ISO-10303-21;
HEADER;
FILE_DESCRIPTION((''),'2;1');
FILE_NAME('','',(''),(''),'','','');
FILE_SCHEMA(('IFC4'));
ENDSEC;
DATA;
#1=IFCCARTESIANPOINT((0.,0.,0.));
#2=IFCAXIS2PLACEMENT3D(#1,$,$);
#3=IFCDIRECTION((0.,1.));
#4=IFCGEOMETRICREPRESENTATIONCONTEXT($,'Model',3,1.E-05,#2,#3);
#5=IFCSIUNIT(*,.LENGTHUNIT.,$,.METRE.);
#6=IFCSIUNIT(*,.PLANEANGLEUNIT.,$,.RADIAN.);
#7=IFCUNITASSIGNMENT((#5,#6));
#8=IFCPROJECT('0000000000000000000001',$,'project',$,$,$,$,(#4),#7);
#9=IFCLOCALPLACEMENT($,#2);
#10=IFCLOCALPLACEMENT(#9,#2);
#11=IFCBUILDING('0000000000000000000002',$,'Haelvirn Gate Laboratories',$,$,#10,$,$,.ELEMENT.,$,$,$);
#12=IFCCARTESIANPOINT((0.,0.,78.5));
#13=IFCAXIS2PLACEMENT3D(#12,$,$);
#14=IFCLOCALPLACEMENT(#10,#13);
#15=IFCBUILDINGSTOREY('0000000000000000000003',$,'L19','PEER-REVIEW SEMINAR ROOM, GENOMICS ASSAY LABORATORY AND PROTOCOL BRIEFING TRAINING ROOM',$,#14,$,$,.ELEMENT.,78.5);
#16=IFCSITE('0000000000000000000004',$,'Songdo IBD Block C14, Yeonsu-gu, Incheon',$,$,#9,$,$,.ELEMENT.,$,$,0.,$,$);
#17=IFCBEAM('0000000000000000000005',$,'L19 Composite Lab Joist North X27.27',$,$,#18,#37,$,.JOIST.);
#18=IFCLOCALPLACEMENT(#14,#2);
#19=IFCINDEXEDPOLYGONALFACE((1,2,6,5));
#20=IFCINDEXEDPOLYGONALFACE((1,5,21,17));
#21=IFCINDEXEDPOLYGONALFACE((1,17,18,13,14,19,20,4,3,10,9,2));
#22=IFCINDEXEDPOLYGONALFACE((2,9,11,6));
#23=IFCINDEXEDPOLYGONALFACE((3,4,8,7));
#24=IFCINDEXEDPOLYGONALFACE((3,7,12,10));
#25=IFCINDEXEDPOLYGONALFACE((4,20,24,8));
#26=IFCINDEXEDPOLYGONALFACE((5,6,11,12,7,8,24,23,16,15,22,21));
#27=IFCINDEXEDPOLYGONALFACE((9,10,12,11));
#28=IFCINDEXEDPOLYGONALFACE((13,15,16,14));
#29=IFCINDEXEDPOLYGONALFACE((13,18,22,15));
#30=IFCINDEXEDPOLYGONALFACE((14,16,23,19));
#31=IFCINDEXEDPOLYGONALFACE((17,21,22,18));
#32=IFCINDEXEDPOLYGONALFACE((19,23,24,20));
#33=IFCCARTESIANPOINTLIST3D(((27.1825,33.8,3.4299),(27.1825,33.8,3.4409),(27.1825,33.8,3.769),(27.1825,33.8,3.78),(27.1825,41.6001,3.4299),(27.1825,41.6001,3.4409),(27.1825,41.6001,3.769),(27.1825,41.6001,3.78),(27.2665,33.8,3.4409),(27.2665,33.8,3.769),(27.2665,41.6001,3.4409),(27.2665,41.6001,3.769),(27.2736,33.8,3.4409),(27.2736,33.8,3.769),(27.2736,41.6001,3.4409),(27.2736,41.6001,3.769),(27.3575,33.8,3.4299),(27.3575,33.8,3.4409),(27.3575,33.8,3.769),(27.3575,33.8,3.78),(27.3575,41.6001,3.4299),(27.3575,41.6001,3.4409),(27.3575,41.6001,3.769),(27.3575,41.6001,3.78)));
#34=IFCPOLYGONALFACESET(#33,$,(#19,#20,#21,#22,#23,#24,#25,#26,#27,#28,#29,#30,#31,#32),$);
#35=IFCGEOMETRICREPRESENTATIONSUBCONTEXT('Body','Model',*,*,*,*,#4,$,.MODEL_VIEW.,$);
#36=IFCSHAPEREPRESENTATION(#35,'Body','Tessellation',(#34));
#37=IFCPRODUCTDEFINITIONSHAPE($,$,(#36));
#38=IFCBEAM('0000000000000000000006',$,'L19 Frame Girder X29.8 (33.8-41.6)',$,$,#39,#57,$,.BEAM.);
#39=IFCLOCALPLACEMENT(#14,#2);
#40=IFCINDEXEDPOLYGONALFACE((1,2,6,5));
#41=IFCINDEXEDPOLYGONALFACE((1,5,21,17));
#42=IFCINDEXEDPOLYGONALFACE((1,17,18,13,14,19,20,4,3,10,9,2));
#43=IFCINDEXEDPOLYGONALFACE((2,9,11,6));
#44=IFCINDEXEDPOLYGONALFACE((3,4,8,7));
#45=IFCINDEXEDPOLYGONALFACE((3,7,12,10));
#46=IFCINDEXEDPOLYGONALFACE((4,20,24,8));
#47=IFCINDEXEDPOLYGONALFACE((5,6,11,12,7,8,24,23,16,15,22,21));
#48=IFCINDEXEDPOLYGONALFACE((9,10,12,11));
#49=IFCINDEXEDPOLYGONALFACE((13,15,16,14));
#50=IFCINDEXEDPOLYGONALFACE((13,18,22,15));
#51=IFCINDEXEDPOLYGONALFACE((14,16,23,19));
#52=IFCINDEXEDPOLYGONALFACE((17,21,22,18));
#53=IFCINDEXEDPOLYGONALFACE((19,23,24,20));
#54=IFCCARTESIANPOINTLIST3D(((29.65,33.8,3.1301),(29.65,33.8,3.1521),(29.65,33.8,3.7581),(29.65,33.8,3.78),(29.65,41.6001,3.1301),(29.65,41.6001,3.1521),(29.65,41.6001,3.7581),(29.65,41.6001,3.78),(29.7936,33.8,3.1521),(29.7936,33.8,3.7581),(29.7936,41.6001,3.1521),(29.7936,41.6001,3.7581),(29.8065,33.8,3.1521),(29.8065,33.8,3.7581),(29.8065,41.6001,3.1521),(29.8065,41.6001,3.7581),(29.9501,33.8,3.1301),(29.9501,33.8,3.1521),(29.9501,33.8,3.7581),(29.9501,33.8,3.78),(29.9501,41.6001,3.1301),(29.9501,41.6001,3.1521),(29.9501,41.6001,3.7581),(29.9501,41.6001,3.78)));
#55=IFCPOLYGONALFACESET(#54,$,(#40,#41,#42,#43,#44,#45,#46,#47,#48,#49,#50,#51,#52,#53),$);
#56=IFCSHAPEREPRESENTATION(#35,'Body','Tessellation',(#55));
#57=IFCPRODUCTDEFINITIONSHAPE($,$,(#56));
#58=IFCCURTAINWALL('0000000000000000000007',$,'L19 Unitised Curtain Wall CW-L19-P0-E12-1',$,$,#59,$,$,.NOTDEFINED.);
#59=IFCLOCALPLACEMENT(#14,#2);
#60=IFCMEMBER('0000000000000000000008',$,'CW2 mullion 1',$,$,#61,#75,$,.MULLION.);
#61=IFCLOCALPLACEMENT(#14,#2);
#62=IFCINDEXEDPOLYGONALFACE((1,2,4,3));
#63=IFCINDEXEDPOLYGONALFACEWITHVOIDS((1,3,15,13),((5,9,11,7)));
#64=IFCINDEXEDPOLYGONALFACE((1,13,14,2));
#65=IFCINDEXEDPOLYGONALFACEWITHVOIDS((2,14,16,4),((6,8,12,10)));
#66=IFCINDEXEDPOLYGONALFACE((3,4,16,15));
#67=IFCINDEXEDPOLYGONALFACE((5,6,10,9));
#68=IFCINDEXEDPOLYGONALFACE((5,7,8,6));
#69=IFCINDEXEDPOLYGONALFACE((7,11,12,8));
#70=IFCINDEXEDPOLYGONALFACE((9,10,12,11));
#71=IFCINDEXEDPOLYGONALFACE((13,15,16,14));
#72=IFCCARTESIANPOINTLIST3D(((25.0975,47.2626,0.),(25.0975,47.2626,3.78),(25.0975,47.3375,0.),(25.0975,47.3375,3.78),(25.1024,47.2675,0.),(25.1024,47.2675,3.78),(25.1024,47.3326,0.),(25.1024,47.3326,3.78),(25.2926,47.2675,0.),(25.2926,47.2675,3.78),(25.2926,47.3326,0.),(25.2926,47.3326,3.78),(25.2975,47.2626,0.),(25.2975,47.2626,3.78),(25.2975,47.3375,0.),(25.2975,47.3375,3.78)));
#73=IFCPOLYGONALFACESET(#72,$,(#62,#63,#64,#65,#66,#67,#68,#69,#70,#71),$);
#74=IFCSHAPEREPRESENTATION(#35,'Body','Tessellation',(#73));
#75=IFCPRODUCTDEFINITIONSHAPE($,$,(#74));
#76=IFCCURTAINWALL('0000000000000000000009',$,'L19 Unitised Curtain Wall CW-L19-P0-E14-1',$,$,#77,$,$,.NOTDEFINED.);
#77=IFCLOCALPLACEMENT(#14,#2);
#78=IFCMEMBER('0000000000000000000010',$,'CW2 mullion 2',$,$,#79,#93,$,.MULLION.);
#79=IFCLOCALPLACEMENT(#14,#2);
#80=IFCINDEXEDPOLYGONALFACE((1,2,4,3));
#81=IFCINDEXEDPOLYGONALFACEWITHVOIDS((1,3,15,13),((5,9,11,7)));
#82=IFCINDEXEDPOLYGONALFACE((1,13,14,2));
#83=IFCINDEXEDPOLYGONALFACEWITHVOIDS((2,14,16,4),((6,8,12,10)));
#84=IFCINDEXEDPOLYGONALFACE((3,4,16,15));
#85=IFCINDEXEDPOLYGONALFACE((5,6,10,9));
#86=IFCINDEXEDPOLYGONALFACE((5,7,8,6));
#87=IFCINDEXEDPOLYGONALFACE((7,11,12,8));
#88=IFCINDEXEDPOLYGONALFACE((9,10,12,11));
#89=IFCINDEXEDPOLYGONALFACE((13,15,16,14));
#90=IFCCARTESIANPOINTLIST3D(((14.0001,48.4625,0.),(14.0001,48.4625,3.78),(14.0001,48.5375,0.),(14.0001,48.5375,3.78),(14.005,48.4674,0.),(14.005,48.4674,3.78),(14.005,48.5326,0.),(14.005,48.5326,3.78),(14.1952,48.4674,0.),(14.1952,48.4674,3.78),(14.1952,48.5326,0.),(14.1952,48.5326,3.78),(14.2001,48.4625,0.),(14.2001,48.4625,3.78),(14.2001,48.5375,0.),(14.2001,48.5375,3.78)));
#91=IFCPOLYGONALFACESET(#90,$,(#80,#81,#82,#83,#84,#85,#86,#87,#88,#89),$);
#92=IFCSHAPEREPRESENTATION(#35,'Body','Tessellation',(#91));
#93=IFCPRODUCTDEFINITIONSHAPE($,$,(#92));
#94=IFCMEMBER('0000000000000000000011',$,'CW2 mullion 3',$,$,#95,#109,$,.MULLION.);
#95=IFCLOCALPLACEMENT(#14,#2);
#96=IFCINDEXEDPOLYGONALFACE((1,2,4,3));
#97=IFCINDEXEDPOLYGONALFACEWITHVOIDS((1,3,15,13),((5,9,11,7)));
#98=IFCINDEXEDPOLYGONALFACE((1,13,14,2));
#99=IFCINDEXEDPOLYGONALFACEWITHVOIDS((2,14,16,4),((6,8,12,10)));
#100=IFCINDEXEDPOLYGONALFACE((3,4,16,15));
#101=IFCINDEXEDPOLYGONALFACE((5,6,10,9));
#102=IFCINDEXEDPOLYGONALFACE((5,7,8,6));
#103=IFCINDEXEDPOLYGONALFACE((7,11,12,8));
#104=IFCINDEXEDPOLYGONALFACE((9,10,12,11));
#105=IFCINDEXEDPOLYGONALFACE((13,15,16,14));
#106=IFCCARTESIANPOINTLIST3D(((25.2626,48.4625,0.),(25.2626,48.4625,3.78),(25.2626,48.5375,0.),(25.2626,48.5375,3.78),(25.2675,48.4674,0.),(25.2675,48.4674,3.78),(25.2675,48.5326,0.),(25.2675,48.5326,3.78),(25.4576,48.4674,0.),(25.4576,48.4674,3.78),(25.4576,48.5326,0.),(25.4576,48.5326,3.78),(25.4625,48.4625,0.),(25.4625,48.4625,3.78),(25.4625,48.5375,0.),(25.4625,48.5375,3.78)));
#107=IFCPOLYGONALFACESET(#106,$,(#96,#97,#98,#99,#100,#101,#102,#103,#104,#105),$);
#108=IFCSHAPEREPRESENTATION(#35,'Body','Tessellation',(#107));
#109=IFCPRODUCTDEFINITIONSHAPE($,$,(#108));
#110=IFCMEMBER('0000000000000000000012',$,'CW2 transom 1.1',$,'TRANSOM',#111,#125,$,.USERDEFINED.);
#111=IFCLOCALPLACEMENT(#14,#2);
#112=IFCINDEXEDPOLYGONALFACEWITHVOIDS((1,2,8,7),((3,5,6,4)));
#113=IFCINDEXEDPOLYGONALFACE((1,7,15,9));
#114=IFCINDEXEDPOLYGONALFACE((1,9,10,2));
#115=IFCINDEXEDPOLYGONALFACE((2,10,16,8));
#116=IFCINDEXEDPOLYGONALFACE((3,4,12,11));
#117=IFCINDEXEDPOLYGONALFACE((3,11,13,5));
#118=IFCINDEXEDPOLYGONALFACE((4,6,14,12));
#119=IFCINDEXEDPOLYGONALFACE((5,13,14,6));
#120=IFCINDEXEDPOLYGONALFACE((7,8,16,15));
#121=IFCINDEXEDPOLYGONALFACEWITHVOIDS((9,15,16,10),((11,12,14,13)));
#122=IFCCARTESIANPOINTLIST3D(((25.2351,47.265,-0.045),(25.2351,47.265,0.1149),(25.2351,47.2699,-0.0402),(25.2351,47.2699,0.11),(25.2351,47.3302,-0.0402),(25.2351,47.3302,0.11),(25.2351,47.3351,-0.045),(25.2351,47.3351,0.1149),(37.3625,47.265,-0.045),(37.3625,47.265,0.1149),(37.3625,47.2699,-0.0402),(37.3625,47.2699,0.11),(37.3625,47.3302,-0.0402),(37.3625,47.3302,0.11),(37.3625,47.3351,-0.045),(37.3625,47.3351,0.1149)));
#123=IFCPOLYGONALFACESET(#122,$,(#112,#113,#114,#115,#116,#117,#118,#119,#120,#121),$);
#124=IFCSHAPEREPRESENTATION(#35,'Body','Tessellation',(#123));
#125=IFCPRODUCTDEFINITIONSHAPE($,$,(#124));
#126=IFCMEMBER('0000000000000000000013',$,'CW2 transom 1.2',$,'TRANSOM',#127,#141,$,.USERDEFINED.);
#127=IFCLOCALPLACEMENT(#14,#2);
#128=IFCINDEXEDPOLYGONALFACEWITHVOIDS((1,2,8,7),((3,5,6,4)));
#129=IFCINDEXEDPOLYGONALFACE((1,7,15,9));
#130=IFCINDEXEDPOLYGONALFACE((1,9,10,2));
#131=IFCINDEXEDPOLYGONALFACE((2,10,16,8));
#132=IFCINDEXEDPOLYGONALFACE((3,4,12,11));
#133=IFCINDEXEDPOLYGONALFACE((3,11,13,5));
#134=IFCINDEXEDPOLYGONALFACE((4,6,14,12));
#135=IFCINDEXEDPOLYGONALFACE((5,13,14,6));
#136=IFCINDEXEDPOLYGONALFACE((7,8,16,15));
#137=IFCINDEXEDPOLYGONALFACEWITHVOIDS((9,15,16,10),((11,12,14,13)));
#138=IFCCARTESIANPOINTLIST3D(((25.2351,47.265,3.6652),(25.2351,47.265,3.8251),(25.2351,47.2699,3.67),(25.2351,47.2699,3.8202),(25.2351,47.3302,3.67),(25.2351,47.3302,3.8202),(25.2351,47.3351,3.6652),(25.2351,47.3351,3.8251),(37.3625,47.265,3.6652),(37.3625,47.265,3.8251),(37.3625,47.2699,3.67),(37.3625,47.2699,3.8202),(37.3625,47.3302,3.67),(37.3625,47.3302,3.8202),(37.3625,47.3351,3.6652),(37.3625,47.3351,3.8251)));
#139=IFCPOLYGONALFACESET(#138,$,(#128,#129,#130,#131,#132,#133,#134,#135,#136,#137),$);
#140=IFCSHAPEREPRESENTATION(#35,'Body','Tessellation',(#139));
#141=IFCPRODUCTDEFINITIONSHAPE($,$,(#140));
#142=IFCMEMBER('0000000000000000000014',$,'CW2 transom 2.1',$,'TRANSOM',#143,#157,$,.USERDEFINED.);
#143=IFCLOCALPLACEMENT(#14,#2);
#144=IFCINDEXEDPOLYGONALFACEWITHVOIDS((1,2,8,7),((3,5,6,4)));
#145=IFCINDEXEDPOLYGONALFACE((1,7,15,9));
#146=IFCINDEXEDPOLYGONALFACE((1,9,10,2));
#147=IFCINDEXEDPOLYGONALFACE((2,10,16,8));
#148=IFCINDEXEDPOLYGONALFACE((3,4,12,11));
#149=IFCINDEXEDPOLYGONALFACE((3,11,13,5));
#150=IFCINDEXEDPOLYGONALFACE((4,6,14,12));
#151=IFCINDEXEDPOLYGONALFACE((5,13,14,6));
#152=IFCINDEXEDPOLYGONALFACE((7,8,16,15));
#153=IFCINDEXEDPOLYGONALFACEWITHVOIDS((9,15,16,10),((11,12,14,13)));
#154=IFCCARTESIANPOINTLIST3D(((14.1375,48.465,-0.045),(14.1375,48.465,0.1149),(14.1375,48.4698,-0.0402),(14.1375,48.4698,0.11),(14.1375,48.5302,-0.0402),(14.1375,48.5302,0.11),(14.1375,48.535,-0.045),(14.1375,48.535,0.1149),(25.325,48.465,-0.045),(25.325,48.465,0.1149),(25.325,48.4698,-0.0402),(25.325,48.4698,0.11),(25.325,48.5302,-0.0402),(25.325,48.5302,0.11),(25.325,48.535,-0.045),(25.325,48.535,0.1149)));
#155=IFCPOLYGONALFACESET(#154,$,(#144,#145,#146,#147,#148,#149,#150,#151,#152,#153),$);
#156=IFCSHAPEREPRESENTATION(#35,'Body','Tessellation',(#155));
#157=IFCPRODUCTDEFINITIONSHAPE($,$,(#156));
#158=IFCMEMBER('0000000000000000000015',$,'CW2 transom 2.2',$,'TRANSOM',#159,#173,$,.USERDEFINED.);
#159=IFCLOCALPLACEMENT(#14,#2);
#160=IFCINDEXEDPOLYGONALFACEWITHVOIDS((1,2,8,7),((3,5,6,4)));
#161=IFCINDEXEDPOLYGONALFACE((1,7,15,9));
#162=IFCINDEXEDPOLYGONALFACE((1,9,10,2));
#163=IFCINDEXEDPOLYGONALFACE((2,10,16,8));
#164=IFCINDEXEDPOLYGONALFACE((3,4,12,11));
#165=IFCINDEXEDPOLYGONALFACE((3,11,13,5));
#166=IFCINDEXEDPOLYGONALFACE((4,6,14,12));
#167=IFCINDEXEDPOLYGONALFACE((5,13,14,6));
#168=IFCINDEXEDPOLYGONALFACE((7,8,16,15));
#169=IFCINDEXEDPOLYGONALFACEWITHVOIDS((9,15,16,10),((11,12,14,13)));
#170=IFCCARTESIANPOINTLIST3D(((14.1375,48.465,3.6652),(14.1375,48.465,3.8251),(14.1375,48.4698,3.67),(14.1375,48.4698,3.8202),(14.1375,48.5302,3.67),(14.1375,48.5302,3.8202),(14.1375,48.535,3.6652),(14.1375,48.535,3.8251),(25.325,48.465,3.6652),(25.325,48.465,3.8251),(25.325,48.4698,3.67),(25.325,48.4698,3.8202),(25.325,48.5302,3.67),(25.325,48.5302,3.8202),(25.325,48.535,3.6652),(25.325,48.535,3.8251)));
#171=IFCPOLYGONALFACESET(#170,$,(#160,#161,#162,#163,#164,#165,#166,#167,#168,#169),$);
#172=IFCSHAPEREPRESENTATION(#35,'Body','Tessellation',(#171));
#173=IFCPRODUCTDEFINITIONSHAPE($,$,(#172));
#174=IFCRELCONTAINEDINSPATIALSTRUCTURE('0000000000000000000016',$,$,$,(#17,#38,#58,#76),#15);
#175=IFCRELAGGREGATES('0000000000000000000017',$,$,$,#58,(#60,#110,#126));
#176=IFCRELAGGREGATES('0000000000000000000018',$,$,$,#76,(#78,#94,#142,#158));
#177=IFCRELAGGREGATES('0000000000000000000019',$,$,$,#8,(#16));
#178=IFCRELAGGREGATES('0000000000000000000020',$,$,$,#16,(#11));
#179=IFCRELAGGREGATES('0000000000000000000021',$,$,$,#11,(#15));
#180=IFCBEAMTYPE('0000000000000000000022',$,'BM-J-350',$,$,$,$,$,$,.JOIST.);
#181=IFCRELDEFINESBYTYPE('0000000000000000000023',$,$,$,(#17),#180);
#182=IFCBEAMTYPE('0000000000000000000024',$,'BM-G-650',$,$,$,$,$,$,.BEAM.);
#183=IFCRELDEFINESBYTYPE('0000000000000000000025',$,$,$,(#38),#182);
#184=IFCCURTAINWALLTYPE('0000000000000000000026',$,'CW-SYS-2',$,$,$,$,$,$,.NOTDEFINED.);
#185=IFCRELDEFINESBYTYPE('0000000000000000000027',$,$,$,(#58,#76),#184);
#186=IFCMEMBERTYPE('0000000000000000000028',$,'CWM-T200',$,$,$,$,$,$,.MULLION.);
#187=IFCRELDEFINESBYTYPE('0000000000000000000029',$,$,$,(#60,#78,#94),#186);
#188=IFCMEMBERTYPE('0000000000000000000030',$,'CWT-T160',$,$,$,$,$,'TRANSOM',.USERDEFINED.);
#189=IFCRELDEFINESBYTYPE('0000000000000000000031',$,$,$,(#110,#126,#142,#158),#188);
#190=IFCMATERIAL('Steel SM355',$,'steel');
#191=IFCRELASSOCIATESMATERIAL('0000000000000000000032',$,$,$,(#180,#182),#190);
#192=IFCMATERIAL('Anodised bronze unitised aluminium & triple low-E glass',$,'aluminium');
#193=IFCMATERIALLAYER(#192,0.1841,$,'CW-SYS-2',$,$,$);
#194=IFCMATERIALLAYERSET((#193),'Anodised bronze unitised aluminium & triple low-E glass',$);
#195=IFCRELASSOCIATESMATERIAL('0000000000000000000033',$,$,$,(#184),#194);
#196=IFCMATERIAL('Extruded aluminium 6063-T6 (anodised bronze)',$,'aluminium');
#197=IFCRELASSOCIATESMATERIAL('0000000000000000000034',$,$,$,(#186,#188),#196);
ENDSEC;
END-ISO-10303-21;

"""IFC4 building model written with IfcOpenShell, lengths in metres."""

from ifc_helpers import new_model, si_unit, direction, frame, origin, origin_2d, place, context, subcontext, project, spatial, hollow_rectangle, i_section, extrude, source, transform, mapped, material, layer, layer_set, material_profile, profile_set, type_object, type_shapes, element, aggregate, save


model = new_model("IFC4")

# Units and contexts
model_context = context("Model", 3, precision=1e-05, world=origin(), true_north=direction((0.0, 1.0)))
body_context = subcontext(model_context, "Body", "Model", "MODEL_VIEW")
ifc_project = project(units=[si_unit("LENGTHUNIT", "METRE"), si_unit("PLANEANGLEUNIT", "RADIAN")], contexts=[model_context])

# Site, building, storey
site_placement = place(None, origin())
site = spatial("IfcSite", under=ifc_project, at=site_placement, Name="Songdo IBD Block C14, Yeonsu-gu, Incheon", CompositionType="ELEMENT", RefElevation=0.0)
building_placement = place(site_placement, origin())
building = spatial("IfcBuilding", under=site, at=building_placement, Name="Haelvirn Gate Laboratories", CompositionType="ELEMENT")
storey_placement = place(building_placement, frame((0.0, 0.0, 78.5)))
storey = spatial("IfcBuildingStorey", under=building, at=storey_placement, Name="L19", Description="PEER-REVIEW SEMINAR ROOM, GENOMICS ASSAY LABORATORY AND PROTOCOL BRIEFING TRAINING ROOM", CompositionType="ELEMENT", Elevation=78.5)

# Beams
ifc_material_1 = material(Name="Steel SM355", Category="steel")
ifc_material_profile_1 = material_profile(ifc_material_1, i_section(OverallWidth=0.175, OverallDepth=0.3501, WebThickness=0.0071, FlangeThickness=0.011, at=origin_2d()), Name="H-350x175x7x11")
ifc_profile_set_1 = profile_set([ifc_material_profile_1], Name="Steel SM355")
beam_type_1 = type_object("IfcBeamType", Name="BM-J-350", PredefinedType="JOIST", material=ifc_profile_set_1)
shared_shape_1 = source(origin(), body_context, "Body", "SweptSolid", [
    extrude(i_section(OverallWidth=0.175, OverallDepth=0.3501, WebThickness=0.0071, FlangeThickness=0.011, at=origin_2d()), origin(), (0.0, 0.0, 1.0), 7.8),
])
type_shapes(beam_type_1, [shared_shape_1])
for number, where, z_axis, x_axis, name in (
    (1, (27.27, 33.8, 3.605), (0.0, 1.0, 0.0), (-1.0, 0.0, 0.0), "L19 Composite Lab Joist North X27.27"),
):
    element("IfcBeam", number, at=place(storey_placement, frame(where, z_axis=z_axis, x_axis=x_axis)), inside=storey, type_object=beam_type_1, Name=name, PredefinedType="JOIST", context=body_context, shape_type="MappedRepresentation", body=[
        mapped(shared_shape_1, transform((0.0, 0.0, 0.0), scale=1.0)),
    ])
ifc_material_profile_2 = material_profile(ifc_material_1, i_section(OverallWidth=0.3, OverallDepth=0.6499, WebThickness=0.0129, FlangeThickness=0.022, at=origin_2d()), Name="H-650x300x13x22")
ifc_profile_set_2 = profile_set([ifc_material_profile_2], Name="Steel SM355")
beam_type_2 = type_object("IfcBeamType", Name="BM-G-650", PredefinedType="BEAM", material=ifc_profile_set_2)
shared_shape_2 = source(origin(), body_context, "Body", "SweptSolid", [
    extrude(i_section(OverallWidth=0.3, OverallDepth=0.6499, WebThickness=0.0129, FlangeThickness=0.022, at=origin_2d()), origin(), (0.0, 0.0, 1.0), 7.8),
])
type_shapes(beam_type_2, [shared_shape_2])
beam_1_placement = place(storey_placement, frame((29.8, 33.8, 3.4551), z_axis=(0.0, 1.0, 0.0), x_axis=(-1.0, 0.0, 0.0)))
element("IfcBeam", 2, at=beam_1_placement, inside=storey, type_object=beam_type_2, Name="L19 Frame Girder X29.8 (33.8-41.6)", PredefinedType="BEAM", context=body_context, shape_type="MappedRepresentation", body=[
    mapped(shared_shape_2, transform((0.0, 0.0, 0.0), scale=1.0)),
])

# Curtain wall, member
ifc_material_2 = material(Name="Anodised bronze unitised aluminium & triple low-E glass", Category="aluminium")
ifc_layer_1 = layer(ifc_material_2, 0.1841, Name="CW-SYS-2")
ifc_layer_set_1 = layer_set([ifc_layer_1], Name="Anodised bronze unitised aluminium & triple low-E glass")
curtain_wall_type = type_object("IfcCurtainWallType", Name="CW-SYS-2", PredefinedType="NOTDEFINED", material=ifc_layer_set_1)
curtain_wall_1_placement = place(storey_placement, origin())
curtain_wall_1 = element("IfcCurtainWall", 3, at=curtain_wall_1_placement, inside=storey, type_object=curtain_wall_type, Name="L19 Unitised Curtain Wall CW-L19-P0-E12-1", PredefinedType="NOTDEFINED")
ifc_material_3 = material(Name="Extruded aluminium 6063-T6 (anodised bronze)", Category="aluminium")
ifc_material_profile_3 = material_profile(ifc_material_3, hollow_rectangle(XDim=0.075, YDim=0.2, WallThickness=0.0049, at=origin_2d()), Name="CWM-200x75x5")
ifc_profile_set_3 = profile_set([ifc_material_profile_3], Name="Extruded aluminium 6063-T6 (anodised bronze)")
member_type_1 = type_object("IfcMemberType", Name="CWM-T200", PredefinedType="MULLION", material=ifc_profile_set_3)
shared_shape_3 = source(origin(), body_context, "Body", "SweptSolid", [
    extrude(hollow_rectangle(XDim=0.075, YDim=0.2, WallThickness=0.0049, at=origin_2d()), origin(), (0.0, 0.0, 1.0), 3.78),
])
type_shapes(member_type_1, [shared_shape_3])
member_1_placement = place(storey_placement, frame((25.1975, 47.3, 0.0), z_axis=(0.0, 0.0, 1.0), x_axis=(0.0, 1.0, 0.0)))
member_1 = element("IfcMember", 4, at=member_1_placement, type_object=member_type_1, Name="CW2 mullion 1", PredefinedType="MULLION", context=body_context, shape_type="MappedRepresentation", body=[
    mapped(shared_shape_3, transform((0.0, 0.0, 0.0), scale=1.0)),
])

# Curtain wall, members
curtain_wall_2_placement = place(storey_placement, origin())
curtain_wall_2 = element("IfcCurtainWall", 5, at=curtain_wall_2_placement, inside=storey, type_object=curtain_wall_type, Name="L19 Unitised Curtain Wall CW-L19-P0-E14-1", PredefinedType="NOTDEFINED")
member_2_placement = place(storey_placement, frame((14.1001, 48.5, 0.0), z_axis=(0.0, 0.0, 1.0), x_axis=(0.0, 1.0, 0.0)))
member_2 = element("IfcMember", 6, at=member_2_placement, type_object=member_type_1, Name="CW2 mullion 2", PredefinedType="MULLION", context=body_context, shape_type="MappedRepresentation", body=[
    mapped(shared_shape_3, transform((0.0, 0.0, 0.0), scale=1.0)),
])
member_3_placement = place(storey_placement, frame((25.3625, 48.5, 0.0), z_axis=(0.0, 0.0, 1.0), x_axis=(0.0, 1.0, 0.0)))
member_3 = element("IfcMember", 7, at=member_3_placement, type_object=member_type_1, Name="CW2 mullion 3", PredefinedType="MULLION", context=body_context, shape_type="MappedRepresentation", body=[
    mapped(shared_shape_3, transform((0.0, 0.0, 0.0), scale=1.0)),
])

# Members
ifc_material_profile_4 = material_profile(ifc_material_3, hollow_rectangle(XDim=0.0701, YDim=0.1599, WallThickness=0.0049, at=origin_2d()), Name="CWT-160x70x5")
ifc_profile_set_4 = profile_set([ifc_material_profile_4], Name="Extruded aluminium 6063-T6 (anodised bronze)")
member_type_2 = type_object("IfcMemberType", Name="CWT-T160", ElementType="TRANSOM", PredefinedType="USERDEFINED", material=ifc_profile_set_4)
shared_shape_4 = source(origin(), body_context, "Body", "SweptSolid", [
    extrude(hollow_rectangle(XDim=0.0701, YDim=0.1599, WallThickness=0.0049, at=origin_2d()), origin(), (0.0, 0.0, 1.0), 12.1274),
])
member_4_placement = place(storey_placement, frame((25.2351, 47.3, 0.0349), z_axis=(1.0, 0.0, 0.0), x_axis=(0.0, 1.0, 0.0)))
member_4 = element("IfcMember", 8, at=member_4_placement, type_object=member_type_2, Name="CW2 transom 1.1", ObjectType="TRANSOM", PredefinedType="USERDEFINED", context=body_context, shape_type="MappedRepresentation", body=[
    mapped(shared_shape_4, transform((0.0, 0.0, 0.0), scale=1.0)),
])
member_5_placement = place(storey_placement, frame((25.2351, 47.3, 3.7451), z_axis=(1.0, 0.0, 0.0), x_axis=(0.0, 1.0, 0.0)))
member_5 = element("IfcMember", 9, at=member_5_placement, type_object=member_type_2, Name="CW2 transom 1.2", ObjectType="TRANSOM", PredefinedType="USERDEFINED", context=body_context, shape_type="MappedRepresentation", body=[
    mapped(shared_shape_4, transform((0.0, 0.0, 0.0), scale=1.0)),
])
aggregate(curtain_wall_1, [member_1, member_4, member_5])
shared_shape_5 = source(origin(), body_context, "Body", "SweptSolid", [
    extrude(hollow_rectangle(XDim=0.0701, YDim=0.1599, WallThickness=0.0049, at=origin_2d()), origin(), (0.0, 0.0, 1.0), 11.1875),
])
type_shapes(member_type_2, [shared_shape_4, shared_shape_5])
member_6_placement = place(storey_placement, frame((14.1375, 48.5, 0.0349), z_axis=(1.0, 0.0, 0.0), x_axis=(0.0, 1.0, 0.0)))
member_6 = element("IfcMember", 10, at=member_6_placement, type_object=member_type_2, Name="CW2 transom 2.1", ObjectType="TRANSOM", PredefinedType="USERDEFINED", context=body_context, shape_type="MappedRepresentation", body=[
    mapped(shared_shape_5, transform((0.0, 0.0, 0.0), scale=1.0)),
])
member_7_placement = place(storey_placement, frame((14.1375, 48.5, 3.7451), z_axis=(1.0, 0.0, 0.0), x_axis=(0.0, 1.0, 0.0)))
member_7 = element("IfcMember", 11, at=member_7_placement, type_object=member_type_2, Name="CW2 transom 2.2", ObjectType="TRANSOM", PredefinedType="USERDEFINED", context=body_context, shape_type="MappedRepresentation", body=[
    mapped(shared_shape_5, transform((0.0, 0.0, 0.0), scale=1.0)),
])

aggregate(curtain_wall_2, [member_2, member_3, member_6, member_7])

save(model, "model.ifc")
